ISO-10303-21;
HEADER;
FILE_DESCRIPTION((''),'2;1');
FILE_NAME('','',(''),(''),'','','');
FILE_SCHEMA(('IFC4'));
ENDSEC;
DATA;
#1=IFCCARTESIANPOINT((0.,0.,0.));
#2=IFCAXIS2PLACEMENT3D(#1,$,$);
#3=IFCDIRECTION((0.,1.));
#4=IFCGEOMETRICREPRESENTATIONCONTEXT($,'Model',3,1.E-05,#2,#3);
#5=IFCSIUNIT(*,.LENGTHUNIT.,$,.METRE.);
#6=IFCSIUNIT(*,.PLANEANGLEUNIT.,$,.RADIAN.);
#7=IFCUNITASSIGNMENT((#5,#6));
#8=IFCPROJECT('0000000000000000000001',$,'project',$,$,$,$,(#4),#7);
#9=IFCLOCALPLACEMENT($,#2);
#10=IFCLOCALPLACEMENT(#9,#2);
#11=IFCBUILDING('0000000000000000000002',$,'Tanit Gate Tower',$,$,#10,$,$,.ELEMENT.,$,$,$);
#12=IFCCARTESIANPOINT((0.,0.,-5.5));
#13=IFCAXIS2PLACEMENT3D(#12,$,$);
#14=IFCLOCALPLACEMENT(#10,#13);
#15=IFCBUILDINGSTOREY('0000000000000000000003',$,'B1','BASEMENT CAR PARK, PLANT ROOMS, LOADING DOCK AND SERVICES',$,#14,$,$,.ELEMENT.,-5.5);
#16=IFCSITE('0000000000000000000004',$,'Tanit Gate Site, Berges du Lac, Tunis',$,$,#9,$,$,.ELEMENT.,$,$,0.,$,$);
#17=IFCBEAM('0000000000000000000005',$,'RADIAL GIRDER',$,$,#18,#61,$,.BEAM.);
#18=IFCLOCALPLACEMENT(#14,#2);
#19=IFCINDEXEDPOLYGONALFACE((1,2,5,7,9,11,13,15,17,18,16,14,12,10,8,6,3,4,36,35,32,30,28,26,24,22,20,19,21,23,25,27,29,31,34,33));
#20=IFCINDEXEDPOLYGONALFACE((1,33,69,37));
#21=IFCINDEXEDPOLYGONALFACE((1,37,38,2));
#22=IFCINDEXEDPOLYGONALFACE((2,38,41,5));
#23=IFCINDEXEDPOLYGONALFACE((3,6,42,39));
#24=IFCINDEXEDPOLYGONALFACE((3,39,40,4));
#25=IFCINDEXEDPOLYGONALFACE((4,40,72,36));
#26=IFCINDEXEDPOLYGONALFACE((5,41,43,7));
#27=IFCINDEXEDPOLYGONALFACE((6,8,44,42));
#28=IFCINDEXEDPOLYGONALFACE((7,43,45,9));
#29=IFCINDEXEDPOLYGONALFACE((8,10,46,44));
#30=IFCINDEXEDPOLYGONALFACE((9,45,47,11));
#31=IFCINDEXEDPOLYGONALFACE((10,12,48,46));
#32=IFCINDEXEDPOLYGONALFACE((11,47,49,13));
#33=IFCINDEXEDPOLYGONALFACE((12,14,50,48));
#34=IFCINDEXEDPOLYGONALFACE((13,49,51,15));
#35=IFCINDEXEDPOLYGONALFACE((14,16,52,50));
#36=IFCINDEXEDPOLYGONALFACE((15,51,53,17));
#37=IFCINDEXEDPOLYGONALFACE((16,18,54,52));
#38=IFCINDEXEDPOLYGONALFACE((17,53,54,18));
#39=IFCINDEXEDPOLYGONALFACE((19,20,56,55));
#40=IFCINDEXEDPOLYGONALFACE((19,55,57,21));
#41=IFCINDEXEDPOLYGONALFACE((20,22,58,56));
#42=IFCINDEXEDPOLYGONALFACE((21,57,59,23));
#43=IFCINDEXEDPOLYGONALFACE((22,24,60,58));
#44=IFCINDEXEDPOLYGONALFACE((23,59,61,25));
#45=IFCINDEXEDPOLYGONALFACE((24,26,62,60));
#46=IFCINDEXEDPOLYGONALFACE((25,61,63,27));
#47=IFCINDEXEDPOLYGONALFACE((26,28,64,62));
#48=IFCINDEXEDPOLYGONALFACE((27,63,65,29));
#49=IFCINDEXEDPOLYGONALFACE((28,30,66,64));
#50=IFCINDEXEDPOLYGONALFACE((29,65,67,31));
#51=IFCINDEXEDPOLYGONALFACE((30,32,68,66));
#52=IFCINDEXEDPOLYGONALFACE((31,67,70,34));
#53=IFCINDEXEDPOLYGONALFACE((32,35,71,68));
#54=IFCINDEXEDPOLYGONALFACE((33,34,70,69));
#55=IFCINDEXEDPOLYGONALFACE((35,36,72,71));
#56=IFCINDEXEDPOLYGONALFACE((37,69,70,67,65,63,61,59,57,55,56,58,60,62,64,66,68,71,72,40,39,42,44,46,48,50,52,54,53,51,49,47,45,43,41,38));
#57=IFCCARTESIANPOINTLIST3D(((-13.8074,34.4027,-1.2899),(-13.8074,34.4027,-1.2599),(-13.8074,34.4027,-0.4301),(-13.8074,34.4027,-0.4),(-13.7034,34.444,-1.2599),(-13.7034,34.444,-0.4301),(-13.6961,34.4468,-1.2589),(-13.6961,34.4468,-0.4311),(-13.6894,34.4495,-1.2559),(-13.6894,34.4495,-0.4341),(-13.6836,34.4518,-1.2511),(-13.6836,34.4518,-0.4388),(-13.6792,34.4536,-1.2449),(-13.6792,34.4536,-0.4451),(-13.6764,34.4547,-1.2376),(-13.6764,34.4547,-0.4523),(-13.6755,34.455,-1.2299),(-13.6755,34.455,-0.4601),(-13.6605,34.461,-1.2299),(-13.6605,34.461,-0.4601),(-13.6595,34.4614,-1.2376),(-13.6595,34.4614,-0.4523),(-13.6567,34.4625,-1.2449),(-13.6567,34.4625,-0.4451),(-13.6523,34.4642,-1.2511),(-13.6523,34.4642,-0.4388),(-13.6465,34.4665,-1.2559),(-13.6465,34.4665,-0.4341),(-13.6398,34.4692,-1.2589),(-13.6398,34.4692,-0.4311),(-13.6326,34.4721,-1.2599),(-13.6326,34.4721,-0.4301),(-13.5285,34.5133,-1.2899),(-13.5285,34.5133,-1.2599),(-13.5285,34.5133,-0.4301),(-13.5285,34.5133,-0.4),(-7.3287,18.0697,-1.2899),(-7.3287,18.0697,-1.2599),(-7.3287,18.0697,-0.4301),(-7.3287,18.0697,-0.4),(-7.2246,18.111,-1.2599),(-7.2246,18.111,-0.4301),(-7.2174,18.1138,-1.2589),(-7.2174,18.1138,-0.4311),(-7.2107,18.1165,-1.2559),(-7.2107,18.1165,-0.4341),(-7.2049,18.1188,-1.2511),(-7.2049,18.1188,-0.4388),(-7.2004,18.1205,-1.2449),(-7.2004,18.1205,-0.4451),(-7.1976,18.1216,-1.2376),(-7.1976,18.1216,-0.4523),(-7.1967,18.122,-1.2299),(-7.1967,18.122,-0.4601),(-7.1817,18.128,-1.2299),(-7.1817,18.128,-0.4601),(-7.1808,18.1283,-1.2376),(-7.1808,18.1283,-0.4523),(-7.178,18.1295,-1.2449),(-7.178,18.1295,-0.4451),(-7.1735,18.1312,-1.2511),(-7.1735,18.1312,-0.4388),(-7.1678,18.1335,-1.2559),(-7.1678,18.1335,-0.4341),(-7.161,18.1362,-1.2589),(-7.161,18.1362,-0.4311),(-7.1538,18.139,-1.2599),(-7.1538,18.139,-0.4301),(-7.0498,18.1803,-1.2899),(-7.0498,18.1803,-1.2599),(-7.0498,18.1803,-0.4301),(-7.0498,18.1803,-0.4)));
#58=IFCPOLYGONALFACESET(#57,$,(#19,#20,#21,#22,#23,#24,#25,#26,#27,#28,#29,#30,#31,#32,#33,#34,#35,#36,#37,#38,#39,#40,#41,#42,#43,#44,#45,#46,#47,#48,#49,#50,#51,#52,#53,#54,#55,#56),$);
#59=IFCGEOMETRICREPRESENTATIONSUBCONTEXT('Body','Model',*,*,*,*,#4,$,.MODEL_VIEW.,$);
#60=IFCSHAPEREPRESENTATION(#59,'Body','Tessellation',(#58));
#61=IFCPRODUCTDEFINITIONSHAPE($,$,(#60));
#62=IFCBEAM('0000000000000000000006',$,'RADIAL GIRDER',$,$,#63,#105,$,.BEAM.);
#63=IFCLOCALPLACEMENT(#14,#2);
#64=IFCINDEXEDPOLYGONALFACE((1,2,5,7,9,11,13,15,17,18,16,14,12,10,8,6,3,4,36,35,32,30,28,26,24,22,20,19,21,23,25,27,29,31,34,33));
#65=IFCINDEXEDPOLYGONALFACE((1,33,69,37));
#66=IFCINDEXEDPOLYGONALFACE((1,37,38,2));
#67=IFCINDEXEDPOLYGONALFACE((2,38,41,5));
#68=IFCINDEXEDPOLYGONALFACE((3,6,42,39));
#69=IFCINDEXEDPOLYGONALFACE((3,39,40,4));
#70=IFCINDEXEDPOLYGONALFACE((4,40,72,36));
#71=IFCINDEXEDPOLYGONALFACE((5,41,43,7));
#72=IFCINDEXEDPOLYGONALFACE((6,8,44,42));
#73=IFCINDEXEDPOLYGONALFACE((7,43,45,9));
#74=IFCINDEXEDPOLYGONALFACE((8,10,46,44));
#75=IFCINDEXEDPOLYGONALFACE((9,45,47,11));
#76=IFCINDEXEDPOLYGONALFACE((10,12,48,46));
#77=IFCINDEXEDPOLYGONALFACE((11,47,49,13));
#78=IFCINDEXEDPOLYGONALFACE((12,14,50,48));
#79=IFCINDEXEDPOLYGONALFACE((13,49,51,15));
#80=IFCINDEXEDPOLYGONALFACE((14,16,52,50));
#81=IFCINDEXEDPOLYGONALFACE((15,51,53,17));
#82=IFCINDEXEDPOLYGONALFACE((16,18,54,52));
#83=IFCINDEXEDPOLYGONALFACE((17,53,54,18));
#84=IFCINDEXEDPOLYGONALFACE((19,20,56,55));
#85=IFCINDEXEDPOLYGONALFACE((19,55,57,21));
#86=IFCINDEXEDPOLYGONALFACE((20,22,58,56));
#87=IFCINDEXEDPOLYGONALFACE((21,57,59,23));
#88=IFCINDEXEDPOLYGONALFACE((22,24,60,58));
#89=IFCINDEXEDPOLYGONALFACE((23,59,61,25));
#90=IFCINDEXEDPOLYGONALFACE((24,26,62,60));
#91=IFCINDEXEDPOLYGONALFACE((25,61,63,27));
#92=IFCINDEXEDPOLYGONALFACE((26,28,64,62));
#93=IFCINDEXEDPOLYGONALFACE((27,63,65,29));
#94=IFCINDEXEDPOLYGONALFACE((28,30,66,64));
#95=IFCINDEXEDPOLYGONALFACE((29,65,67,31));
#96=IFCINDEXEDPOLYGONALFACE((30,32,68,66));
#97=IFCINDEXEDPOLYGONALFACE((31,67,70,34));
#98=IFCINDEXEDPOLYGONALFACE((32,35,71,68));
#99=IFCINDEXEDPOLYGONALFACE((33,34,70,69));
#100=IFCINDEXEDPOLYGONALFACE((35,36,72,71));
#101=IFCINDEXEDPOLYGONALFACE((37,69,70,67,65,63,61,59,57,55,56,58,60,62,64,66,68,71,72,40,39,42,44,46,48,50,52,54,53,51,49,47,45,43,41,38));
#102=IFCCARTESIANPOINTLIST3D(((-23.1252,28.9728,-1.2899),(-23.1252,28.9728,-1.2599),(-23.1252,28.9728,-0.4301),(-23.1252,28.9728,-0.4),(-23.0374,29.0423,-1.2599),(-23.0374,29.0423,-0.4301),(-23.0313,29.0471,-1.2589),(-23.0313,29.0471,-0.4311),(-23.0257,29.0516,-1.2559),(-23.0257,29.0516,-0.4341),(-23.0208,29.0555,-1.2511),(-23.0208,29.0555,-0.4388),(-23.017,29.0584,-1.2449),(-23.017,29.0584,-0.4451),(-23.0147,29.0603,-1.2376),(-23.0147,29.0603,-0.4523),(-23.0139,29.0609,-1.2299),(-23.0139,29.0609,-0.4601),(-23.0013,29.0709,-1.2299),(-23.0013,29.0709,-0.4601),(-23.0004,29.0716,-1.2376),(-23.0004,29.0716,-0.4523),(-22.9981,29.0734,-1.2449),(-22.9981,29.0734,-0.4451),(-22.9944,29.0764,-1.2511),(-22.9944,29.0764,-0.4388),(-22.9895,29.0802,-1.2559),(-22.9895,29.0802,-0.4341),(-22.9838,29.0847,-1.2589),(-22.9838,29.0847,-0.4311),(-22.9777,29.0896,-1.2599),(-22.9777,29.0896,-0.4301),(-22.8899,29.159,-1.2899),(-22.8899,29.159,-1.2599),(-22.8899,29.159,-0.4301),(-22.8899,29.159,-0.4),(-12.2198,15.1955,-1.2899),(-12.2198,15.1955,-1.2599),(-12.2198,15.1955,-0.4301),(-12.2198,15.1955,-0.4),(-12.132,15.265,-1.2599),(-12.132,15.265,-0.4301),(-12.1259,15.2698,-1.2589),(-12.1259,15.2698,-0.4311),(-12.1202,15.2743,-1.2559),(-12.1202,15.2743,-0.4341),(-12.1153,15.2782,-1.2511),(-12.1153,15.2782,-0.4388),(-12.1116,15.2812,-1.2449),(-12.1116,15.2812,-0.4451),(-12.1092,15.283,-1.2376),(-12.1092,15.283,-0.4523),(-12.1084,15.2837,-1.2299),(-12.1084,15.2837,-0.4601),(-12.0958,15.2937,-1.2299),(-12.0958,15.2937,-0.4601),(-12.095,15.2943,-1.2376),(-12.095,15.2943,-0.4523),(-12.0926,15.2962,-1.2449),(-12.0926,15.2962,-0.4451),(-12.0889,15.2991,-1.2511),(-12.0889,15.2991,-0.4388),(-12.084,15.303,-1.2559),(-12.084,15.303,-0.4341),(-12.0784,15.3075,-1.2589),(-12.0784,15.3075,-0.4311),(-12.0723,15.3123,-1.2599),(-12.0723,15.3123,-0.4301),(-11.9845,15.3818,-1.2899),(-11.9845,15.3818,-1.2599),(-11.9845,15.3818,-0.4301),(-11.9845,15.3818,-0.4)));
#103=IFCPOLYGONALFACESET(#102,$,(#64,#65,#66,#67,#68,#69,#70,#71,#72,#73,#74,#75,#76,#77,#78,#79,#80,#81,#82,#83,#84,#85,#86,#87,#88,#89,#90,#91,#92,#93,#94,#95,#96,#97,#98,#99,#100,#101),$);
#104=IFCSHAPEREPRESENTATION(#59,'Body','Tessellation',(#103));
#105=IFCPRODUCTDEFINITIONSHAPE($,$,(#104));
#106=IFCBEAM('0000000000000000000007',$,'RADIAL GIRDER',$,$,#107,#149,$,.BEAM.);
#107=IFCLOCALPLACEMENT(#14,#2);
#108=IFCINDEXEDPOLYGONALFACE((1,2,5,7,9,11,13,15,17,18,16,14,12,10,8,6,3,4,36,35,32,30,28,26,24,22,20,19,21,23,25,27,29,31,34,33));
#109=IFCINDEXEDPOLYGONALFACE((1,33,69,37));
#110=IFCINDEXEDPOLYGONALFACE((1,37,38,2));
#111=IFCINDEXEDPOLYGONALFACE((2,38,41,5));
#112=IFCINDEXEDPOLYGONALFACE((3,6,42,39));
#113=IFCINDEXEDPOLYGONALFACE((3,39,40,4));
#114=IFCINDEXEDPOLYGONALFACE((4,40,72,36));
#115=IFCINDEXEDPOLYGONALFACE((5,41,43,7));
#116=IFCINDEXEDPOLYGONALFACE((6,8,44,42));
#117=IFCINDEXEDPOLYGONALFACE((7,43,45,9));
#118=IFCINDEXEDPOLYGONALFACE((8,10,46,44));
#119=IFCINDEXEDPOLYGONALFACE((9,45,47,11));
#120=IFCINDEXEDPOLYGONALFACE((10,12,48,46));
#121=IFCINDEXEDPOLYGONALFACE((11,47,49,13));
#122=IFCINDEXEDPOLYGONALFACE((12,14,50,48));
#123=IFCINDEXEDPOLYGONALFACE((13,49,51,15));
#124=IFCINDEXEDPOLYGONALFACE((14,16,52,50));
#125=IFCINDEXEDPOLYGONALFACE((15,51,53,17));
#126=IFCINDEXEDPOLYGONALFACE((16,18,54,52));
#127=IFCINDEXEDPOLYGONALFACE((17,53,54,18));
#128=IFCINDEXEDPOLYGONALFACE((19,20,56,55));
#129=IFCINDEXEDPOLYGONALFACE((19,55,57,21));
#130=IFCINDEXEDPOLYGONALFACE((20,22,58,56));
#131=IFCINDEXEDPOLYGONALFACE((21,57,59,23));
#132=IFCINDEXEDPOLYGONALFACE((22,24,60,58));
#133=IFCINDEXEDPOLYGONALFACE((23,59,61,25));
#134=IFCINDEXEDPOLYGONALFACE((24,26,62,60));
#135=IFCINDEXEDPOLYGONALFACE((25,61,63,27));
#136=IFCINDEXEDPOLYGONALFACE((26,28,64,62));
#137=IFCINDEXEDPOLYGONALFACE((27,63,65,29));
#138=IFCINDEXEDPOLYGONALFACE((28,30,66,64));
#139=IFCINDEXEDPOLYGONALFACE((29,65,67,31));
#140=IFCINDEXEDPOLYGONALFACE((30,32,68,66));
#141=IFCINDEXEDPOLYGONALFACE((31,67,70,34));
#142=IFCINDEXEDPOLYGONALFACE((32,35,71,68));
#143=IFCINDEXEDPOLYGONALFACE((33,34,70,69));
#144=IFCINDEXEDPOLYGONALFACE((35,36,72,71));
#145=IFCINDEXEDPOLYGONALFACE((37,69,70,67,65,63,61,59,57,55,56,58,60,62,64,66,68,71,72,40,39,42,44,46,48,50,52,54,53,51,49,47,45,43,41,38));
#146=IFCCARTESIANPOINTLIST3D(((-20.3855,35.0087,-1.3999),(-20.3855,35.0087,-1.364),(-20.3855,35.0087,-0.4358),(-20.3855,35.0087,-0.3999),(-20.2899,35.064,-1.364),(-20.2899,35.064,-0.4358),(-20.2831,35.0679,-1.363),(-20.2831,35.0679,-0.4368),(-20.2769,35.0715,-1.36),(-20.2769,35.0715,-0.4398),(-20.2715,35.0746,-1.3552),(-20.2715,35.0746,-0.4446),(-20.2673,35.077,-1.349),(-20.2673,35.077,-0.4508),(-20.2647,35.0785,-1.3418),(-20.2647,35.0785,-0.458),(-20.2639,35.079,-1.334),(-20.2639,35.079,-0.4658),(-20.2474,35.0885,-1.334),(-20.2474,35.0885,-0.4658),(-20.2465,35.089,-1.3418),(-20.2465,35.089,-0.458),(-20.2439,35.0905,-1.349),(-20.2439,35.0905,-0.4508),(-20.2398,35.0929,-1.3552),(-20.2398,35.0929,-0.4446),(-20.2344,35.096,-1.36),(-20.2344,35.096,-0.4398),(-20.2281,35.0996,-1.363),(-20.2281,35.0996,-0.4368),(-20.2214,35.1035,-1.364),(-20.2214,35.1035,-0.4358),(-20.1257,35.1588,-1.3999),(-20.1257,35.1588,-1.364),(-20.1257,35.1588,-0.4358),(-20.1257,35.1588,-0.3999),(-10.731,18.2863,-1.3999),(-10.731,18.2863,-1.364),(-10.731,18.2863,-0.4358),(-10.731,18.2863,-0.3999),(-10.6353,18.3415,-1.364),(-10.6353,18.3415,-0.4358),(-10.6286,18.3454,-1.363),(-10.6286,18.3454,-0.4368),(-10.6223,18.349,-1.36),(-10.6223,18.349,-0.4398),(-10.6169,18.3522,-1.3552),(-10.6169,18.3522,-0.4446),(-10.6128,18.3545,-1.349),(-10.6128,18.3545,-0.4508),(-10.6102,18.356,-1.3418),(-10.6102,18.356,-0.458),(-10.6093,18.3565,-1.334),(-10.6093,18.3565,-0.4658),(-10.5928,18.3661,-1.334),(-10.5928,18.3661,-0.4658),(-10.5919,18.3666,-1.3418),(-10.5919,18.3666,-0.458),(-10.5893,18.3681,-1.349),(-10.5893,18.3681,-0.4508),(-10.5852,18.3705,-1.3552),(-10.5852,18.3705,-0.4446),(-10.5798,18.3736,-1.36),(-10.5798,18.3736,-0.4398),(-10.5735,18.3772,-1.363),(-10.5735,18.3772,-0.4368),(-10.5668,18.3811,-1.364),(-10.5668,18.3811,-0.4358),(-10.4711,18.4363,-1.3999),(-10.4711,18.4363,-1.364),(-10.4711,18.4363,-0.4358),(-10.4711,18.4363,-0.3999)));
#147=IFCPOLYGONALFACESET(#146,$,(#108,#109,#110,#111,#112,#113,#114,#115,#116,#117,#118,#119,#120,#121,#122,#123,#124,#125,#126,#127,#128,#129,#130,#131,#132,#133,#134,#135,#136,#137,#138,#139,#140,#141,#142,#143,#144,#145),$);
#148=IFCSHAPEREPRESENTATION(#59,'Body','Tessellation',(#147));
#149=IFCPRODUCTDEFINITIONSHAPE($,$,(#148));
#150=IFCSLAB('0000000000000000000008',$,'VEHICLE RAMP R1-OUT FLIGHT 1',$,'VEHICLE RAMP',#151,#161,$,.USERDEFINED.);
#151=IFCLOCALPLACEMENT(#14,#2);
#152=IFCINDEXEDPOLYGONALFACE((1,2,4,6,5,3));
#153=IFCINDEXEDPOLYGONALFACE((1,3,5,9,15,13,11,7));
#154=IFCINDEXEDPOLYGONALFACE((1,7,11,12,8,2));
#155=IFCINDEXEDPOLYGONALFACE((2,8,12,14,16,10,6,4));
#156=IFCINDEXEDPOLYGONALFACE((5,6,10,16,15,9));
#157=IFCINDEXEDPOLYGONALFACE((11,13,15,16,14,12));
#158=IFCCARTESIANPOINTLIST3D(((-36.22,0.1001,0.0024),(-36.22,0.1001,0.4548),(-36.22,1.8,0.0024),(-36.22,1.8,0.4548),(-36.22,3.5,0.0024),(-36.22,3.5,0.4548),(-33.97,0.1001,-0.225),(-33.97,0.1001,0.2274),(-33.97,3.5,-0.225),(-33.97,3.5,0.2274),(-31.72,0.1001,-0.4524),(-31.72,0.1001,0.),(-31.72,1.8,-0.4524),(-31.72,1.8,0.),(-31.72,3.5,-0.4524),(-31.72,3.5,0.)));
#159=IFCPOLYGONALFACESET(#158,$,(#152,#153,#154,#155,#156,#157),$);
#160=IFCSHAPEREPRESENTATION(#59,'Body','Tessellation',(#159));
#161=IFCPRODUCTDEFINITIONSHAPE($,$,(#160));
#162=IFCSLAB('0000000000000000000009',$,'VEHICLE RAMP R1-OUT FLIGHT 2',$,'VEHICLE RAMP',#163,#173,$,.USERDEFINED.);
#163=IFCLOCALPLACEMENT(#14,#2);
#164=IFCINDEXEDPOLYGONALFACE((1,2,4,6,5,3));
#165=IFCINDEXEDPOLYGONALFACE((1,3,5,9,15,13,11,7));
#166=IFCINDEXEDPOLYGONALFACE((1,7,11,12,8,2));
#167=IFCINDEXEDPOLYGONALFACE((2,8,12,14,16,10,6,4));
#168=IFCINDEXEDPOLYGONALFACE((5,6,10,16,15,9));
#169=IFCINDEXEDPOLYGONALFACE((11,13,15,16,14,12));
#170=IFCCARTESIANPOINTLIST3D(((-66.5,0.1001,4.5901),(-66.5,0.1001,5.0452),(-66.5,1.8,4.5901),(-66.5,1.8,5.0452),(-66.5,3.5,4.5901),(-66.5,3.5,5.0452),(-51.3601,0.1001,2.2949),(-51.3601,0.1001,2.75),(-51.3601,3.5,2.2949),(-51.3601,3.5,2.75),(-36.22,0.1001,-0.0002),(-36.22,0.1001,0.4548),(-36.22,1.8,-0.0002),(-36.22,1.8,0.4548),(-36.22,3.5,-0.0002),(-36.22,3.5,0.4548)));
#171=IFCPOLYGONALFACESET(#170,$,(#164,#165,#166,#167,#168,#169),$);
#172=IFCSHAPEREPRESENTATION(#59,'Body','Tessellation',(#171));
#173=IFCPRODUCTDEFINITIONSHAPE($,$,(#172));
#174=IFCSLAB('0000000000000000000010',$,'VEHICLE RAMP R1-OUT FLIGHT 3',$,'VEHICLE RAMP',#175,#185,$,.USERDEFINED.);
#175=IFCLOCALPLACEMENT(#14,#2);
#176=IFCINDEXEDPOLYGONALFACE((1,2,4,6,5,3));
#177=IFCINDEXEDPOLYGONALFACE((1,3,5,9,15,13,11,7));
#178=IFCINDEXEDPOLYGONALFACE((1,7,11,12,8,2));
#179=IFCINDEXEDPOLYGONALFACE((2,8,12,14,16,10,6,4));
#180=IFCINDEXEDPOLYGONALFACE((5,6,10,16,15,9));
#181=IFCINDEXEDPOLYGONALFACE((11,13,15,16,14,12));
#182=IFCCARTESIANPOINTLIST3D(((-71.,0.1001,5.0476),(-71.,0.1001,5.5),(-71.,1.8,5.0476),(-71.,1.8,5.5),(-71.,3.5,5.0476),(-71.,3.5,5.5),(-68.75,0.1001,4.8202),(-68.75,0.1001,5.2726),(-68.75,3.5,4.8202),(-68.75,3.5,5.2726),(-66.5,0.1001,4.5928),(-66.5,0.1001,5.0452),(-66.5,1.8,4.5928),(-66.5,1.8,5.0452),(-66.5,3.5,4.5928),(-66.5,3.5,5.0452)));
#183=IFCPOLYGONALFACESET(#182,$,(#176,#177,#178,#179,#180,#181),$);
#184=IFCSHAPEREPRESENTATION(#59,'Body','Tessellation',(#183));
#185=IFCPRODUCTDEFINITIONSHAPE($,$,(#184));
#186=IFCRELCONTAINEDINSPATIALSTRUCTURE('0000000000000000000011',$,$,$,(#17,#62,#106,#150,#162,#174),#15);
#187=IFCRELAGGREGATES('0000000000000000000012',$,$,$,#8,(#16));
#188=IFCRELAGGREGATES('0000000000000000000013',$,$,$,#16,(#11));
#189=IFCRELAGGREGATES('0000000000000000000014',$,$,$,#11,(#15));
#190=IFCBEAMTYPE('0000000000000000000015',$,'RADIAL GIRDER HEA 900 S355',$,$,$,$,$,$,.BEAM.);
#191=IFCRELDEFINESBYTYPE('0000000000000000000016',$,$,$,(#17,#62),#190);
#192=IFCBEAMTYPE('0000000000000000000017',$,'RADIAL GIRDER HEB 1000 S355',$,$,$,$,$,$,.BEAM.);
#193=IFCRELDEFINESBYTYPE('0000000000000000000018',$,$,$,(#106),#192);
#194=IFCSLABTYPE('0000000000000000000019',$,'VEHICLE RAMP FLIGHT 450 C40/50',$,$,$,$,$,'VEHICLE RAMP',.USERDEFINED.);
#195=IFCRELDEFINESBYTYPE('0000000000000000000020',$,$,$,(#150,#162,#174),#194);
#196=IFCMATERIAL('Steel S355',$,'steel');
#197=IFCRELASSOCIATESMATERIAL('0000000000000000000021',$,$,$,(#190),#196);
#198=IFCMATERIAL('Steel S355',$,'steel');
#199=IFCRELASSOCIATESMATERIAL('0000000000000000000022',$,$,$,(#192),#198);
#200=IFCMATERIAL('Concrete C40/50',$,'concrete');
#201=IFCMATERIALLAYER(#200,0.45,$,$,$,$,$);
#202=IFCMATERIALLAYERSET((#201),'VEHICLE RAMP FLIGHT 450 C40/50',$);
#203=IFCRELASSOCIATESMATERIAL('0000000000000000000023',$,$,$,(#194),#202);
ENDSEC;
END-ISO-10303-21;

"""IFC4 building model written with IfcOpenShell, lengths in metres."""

from ifc_helpers import new_model, si_unit, direction, frame, origin, origin_2d, place, context, subcontext, project, spatial, polyline, i_section, outline, extrude, material, layer, layer_set, material_profile, profile_set, type_object, element, save


model = new_model("IFC4")

# Units and contexts
model_context = context("Model", 3, precision=1e-05, world=origin(), true_north=direction((0.0, 1.0)))
body_context = subcontext(model_context, "Body", "Model", "MODEL_VIEW")
ifc_project = project(units=[si_unit("LENGTHUNIT", "METRE"), si_unit("PLANEANGLEUNIT", "RADIAN")], contexts=[model_context])

# Site, building, storey
site_placement = place(None, origin())
site = spatial("IfcSite", under=ifc_project, at=site_placement, Name="Tanit Gate Site, Berges du Lac, Tunis", CompositionType="ELEMENT", RefElevation=0.0)
building_placement = place(site_placement, origin())
building = spatial("IfcBuilding", under=site, at=building_placement, Name="Tanit Gate Tower", CompositionType="ELEMENT")
storey_placement = place(building_placement, frame((0.0, 0.0, -5.5)))
storey = spatial("IfcBuildingStorey", under=building, at=storey_placement, Name="B1", Description="BASEMENT CAR PARK, PLANT ROOMS, LOADING DOCK AND SERVICES", CompositionType="ELEMENT", Elevation=-5.5)

# Beams
ifc_material_1 = material(Name="Steel S355", Category="steel")
ifc_material_profile_1 = material_profile(ifc_material_1, i_section(OverallWidth=0.3, OverallDepth=0.8899, WebThickness=0.0161, FlangeThickness=0.03, FilletRadius=0.03, at=origin_2d()), Name="HEA 900")
ifc_profile_set_1 = profile_set([ifc_material_profile_1], Name="Steel S355")
beam_type_1 = type_object("IfcBeamType", Name="RADIAL GIRDER HEA 900 S355", PredefinedType="BEAM", material=ifc_profile_set_1)
for number, where, z_axis, x_axis, name in (
    (1, (-13.668, 34.458, -0.845), (0.368718, -0.929541, 0.0), (0.929541, 0.368718, 0.0), "RADIAL GIRDER"),
    (2, (-23.0076, 29.0659, -0.845), (0.620649, -0.784089, 0.0), (0.784089, 0.620649, 0.0), "RADIAL GIRDER"),
):
    element("IfcBeam", number, at=place(storey_placement, frame(where, z_axis=z_axis, x_axis=x_axis)), inside=storey, type_object=beam_type_1, Name=name, PredefinedType="BEAM", context=body_context, shape_type="SweptSolid", body=[
        extrude(i_section(OverallWidth=0.3, OverallDepth=0.8899, WebThickness=0.0161, FlangeThickness=0.03, FilletRadius=0.03, at=origin_2d()), origin(), (0.0, 0.0, 1.0), 17.571),
    ])
ifc_material_2 = material(Name="Steel S355", Category="steel")
ifc_material_profile_2 = material_profile(ifc_material_2, i_section(OverallWidth=0.3, OverallDepth=1.0, WebThickness=0.019, FlangeThickness=0.0359, FilletRadius=0.03, at=origin_2d()), Name="HEB 1000")
ifc_profile_set_2 = profile_set([ifc_material_profile_2], Name="Steel S355")
beam_type_2 = type_object("IfcBeamType", Name="RADIAL GIRDER HEB 1000 S355", PredefinedType="BEAM", material=ifc_profile_set_2)
beam_1_placement = place(storey_placement, frame((-20.2556, 35.0837, -0.8999), z_axis=(0.499994, -0.866029, 0.0), x_axis=(0.866029, 0.499994, 0.0)))
element("IfcBeam", 3, at=beam_1_placement, inside=storey, type_object=beam_type_2, Name="RADIAL GIRDER", PredefinedType="BEAM", context=body_context, shape_type="SweptSolid", body=[
    extrude(i_section(OverallWidth=0.3, OverallDepth=1.0, WebThickness=0.019, FlangeThickness=0.0359, FilletRadius=0.03, at=origin_2d()), origin(), (0.0, 0.0, 1.0), 19.3093),
])

# Slabs
ifc_material_3 = material(Name="Concrete C40/50", Category="concrete")
ifc_layer_1 = layer(ifc_material_3, 0.45)
ifc_layer_set_1 = layer_set([ifc_layer_1], Name="VEHICLE RAMP FLIGHT 450 C40/50")
slab_type = type_object("IfcSlabType", Name="VEHICLE RAMP FLIGHT 450 C40/50", ElementType="VEHICLE RAMP", PredefinedType="USERDEFINED", material=ifc_layer_set_1)
slab_1_placement = place(storey_placement, frame((-31.72, 0.1001, 0.0), z_axis=(0.100562, 0.0, 0.994931), x_axis=(-0.994931, 0.0, 0.100562)))
element("IfcSlab", 4, at=slab_1_placement, inside=storey, type_object=slab_type, Name="VEHICLE RAMP R1-OUT FLIGHT 1", ObjectType="VEHICLE RAMP", PredefinedType="USERDEFINED", context=body_context, shape_type="SweptSolid", body=[
    extrude(outline(polyline([(0.0, 0.0), (2.2615, 0.0), (4.5229, 0.0), (4.5229, -1.7), (4.5229, -3.3999), (2.2615, -3.3999), (0.0, -3.3999), (0.0, -1.7), (0.0, 0.0)])), origin(), (-0.100562, 0.0, -0.994931), 0.4524),
])
slab_2_placement = place(storey_placement, frame((-36.22, 0.1001, 0.4548), z_axis=(0.149884, 0.0, 0.988704), x_axis=(-0.988704, 0.0, 0.149884)))
element("IfcSlab", 5, at=slab_2_placement, inside=storey, type_object=slab_type, Name="VEHICLE RAMP R1-OUT FLIGHT 2", ObjectType="VEHICLE RAMP", PredefinedType="USERDEFINED", context=body_context, shape_type="SweptSolid", body=[
    extrude(outline(polyline([(0.0, 0.0), (15.3131, 0.0), (30.626, 0.0), (30.626, -1.7), (30.626, -3.3999), (15.3131, -3.3999), (0.0, -3.3999), (0.0, -1.7), (0.0, 0.0)])), origin(), (-0.149884, 0.0, -0.988704), 0.4551),
])
slab_3_placement = place(storey_placement, frame((-66.5, 0.1001, 5.0452), z_axis=(0.100562, 0.0, 0.994931), x_axis=(-0.994931, 0.0, 0.100562)))
element("IfcSlab", 6, at=slab_3_placement, inside=storey, type_object=slab_type, Name="VEHICLE RAMP R1-OUT FLIGHT 3", ObjectType="VEHICLE RAMP", PredefinedType="USERDEFINED", context=body_context, shape_type="SweptSolid", body=[
    extrude(outline(polyline([(0.0, 0.0), (2.2615, 0.0), (4.5229, 0.0), (4.5229, -1.7), (4.5229, -3.3999), (2.2615, -3.3999), (0.0, -3.3999), (0.0, -1.7), (0.0, 0.0)])), origin(), (-0.100562, 0.0, -0.994931), 0.4524),
])

save(model, "model.ifc")
